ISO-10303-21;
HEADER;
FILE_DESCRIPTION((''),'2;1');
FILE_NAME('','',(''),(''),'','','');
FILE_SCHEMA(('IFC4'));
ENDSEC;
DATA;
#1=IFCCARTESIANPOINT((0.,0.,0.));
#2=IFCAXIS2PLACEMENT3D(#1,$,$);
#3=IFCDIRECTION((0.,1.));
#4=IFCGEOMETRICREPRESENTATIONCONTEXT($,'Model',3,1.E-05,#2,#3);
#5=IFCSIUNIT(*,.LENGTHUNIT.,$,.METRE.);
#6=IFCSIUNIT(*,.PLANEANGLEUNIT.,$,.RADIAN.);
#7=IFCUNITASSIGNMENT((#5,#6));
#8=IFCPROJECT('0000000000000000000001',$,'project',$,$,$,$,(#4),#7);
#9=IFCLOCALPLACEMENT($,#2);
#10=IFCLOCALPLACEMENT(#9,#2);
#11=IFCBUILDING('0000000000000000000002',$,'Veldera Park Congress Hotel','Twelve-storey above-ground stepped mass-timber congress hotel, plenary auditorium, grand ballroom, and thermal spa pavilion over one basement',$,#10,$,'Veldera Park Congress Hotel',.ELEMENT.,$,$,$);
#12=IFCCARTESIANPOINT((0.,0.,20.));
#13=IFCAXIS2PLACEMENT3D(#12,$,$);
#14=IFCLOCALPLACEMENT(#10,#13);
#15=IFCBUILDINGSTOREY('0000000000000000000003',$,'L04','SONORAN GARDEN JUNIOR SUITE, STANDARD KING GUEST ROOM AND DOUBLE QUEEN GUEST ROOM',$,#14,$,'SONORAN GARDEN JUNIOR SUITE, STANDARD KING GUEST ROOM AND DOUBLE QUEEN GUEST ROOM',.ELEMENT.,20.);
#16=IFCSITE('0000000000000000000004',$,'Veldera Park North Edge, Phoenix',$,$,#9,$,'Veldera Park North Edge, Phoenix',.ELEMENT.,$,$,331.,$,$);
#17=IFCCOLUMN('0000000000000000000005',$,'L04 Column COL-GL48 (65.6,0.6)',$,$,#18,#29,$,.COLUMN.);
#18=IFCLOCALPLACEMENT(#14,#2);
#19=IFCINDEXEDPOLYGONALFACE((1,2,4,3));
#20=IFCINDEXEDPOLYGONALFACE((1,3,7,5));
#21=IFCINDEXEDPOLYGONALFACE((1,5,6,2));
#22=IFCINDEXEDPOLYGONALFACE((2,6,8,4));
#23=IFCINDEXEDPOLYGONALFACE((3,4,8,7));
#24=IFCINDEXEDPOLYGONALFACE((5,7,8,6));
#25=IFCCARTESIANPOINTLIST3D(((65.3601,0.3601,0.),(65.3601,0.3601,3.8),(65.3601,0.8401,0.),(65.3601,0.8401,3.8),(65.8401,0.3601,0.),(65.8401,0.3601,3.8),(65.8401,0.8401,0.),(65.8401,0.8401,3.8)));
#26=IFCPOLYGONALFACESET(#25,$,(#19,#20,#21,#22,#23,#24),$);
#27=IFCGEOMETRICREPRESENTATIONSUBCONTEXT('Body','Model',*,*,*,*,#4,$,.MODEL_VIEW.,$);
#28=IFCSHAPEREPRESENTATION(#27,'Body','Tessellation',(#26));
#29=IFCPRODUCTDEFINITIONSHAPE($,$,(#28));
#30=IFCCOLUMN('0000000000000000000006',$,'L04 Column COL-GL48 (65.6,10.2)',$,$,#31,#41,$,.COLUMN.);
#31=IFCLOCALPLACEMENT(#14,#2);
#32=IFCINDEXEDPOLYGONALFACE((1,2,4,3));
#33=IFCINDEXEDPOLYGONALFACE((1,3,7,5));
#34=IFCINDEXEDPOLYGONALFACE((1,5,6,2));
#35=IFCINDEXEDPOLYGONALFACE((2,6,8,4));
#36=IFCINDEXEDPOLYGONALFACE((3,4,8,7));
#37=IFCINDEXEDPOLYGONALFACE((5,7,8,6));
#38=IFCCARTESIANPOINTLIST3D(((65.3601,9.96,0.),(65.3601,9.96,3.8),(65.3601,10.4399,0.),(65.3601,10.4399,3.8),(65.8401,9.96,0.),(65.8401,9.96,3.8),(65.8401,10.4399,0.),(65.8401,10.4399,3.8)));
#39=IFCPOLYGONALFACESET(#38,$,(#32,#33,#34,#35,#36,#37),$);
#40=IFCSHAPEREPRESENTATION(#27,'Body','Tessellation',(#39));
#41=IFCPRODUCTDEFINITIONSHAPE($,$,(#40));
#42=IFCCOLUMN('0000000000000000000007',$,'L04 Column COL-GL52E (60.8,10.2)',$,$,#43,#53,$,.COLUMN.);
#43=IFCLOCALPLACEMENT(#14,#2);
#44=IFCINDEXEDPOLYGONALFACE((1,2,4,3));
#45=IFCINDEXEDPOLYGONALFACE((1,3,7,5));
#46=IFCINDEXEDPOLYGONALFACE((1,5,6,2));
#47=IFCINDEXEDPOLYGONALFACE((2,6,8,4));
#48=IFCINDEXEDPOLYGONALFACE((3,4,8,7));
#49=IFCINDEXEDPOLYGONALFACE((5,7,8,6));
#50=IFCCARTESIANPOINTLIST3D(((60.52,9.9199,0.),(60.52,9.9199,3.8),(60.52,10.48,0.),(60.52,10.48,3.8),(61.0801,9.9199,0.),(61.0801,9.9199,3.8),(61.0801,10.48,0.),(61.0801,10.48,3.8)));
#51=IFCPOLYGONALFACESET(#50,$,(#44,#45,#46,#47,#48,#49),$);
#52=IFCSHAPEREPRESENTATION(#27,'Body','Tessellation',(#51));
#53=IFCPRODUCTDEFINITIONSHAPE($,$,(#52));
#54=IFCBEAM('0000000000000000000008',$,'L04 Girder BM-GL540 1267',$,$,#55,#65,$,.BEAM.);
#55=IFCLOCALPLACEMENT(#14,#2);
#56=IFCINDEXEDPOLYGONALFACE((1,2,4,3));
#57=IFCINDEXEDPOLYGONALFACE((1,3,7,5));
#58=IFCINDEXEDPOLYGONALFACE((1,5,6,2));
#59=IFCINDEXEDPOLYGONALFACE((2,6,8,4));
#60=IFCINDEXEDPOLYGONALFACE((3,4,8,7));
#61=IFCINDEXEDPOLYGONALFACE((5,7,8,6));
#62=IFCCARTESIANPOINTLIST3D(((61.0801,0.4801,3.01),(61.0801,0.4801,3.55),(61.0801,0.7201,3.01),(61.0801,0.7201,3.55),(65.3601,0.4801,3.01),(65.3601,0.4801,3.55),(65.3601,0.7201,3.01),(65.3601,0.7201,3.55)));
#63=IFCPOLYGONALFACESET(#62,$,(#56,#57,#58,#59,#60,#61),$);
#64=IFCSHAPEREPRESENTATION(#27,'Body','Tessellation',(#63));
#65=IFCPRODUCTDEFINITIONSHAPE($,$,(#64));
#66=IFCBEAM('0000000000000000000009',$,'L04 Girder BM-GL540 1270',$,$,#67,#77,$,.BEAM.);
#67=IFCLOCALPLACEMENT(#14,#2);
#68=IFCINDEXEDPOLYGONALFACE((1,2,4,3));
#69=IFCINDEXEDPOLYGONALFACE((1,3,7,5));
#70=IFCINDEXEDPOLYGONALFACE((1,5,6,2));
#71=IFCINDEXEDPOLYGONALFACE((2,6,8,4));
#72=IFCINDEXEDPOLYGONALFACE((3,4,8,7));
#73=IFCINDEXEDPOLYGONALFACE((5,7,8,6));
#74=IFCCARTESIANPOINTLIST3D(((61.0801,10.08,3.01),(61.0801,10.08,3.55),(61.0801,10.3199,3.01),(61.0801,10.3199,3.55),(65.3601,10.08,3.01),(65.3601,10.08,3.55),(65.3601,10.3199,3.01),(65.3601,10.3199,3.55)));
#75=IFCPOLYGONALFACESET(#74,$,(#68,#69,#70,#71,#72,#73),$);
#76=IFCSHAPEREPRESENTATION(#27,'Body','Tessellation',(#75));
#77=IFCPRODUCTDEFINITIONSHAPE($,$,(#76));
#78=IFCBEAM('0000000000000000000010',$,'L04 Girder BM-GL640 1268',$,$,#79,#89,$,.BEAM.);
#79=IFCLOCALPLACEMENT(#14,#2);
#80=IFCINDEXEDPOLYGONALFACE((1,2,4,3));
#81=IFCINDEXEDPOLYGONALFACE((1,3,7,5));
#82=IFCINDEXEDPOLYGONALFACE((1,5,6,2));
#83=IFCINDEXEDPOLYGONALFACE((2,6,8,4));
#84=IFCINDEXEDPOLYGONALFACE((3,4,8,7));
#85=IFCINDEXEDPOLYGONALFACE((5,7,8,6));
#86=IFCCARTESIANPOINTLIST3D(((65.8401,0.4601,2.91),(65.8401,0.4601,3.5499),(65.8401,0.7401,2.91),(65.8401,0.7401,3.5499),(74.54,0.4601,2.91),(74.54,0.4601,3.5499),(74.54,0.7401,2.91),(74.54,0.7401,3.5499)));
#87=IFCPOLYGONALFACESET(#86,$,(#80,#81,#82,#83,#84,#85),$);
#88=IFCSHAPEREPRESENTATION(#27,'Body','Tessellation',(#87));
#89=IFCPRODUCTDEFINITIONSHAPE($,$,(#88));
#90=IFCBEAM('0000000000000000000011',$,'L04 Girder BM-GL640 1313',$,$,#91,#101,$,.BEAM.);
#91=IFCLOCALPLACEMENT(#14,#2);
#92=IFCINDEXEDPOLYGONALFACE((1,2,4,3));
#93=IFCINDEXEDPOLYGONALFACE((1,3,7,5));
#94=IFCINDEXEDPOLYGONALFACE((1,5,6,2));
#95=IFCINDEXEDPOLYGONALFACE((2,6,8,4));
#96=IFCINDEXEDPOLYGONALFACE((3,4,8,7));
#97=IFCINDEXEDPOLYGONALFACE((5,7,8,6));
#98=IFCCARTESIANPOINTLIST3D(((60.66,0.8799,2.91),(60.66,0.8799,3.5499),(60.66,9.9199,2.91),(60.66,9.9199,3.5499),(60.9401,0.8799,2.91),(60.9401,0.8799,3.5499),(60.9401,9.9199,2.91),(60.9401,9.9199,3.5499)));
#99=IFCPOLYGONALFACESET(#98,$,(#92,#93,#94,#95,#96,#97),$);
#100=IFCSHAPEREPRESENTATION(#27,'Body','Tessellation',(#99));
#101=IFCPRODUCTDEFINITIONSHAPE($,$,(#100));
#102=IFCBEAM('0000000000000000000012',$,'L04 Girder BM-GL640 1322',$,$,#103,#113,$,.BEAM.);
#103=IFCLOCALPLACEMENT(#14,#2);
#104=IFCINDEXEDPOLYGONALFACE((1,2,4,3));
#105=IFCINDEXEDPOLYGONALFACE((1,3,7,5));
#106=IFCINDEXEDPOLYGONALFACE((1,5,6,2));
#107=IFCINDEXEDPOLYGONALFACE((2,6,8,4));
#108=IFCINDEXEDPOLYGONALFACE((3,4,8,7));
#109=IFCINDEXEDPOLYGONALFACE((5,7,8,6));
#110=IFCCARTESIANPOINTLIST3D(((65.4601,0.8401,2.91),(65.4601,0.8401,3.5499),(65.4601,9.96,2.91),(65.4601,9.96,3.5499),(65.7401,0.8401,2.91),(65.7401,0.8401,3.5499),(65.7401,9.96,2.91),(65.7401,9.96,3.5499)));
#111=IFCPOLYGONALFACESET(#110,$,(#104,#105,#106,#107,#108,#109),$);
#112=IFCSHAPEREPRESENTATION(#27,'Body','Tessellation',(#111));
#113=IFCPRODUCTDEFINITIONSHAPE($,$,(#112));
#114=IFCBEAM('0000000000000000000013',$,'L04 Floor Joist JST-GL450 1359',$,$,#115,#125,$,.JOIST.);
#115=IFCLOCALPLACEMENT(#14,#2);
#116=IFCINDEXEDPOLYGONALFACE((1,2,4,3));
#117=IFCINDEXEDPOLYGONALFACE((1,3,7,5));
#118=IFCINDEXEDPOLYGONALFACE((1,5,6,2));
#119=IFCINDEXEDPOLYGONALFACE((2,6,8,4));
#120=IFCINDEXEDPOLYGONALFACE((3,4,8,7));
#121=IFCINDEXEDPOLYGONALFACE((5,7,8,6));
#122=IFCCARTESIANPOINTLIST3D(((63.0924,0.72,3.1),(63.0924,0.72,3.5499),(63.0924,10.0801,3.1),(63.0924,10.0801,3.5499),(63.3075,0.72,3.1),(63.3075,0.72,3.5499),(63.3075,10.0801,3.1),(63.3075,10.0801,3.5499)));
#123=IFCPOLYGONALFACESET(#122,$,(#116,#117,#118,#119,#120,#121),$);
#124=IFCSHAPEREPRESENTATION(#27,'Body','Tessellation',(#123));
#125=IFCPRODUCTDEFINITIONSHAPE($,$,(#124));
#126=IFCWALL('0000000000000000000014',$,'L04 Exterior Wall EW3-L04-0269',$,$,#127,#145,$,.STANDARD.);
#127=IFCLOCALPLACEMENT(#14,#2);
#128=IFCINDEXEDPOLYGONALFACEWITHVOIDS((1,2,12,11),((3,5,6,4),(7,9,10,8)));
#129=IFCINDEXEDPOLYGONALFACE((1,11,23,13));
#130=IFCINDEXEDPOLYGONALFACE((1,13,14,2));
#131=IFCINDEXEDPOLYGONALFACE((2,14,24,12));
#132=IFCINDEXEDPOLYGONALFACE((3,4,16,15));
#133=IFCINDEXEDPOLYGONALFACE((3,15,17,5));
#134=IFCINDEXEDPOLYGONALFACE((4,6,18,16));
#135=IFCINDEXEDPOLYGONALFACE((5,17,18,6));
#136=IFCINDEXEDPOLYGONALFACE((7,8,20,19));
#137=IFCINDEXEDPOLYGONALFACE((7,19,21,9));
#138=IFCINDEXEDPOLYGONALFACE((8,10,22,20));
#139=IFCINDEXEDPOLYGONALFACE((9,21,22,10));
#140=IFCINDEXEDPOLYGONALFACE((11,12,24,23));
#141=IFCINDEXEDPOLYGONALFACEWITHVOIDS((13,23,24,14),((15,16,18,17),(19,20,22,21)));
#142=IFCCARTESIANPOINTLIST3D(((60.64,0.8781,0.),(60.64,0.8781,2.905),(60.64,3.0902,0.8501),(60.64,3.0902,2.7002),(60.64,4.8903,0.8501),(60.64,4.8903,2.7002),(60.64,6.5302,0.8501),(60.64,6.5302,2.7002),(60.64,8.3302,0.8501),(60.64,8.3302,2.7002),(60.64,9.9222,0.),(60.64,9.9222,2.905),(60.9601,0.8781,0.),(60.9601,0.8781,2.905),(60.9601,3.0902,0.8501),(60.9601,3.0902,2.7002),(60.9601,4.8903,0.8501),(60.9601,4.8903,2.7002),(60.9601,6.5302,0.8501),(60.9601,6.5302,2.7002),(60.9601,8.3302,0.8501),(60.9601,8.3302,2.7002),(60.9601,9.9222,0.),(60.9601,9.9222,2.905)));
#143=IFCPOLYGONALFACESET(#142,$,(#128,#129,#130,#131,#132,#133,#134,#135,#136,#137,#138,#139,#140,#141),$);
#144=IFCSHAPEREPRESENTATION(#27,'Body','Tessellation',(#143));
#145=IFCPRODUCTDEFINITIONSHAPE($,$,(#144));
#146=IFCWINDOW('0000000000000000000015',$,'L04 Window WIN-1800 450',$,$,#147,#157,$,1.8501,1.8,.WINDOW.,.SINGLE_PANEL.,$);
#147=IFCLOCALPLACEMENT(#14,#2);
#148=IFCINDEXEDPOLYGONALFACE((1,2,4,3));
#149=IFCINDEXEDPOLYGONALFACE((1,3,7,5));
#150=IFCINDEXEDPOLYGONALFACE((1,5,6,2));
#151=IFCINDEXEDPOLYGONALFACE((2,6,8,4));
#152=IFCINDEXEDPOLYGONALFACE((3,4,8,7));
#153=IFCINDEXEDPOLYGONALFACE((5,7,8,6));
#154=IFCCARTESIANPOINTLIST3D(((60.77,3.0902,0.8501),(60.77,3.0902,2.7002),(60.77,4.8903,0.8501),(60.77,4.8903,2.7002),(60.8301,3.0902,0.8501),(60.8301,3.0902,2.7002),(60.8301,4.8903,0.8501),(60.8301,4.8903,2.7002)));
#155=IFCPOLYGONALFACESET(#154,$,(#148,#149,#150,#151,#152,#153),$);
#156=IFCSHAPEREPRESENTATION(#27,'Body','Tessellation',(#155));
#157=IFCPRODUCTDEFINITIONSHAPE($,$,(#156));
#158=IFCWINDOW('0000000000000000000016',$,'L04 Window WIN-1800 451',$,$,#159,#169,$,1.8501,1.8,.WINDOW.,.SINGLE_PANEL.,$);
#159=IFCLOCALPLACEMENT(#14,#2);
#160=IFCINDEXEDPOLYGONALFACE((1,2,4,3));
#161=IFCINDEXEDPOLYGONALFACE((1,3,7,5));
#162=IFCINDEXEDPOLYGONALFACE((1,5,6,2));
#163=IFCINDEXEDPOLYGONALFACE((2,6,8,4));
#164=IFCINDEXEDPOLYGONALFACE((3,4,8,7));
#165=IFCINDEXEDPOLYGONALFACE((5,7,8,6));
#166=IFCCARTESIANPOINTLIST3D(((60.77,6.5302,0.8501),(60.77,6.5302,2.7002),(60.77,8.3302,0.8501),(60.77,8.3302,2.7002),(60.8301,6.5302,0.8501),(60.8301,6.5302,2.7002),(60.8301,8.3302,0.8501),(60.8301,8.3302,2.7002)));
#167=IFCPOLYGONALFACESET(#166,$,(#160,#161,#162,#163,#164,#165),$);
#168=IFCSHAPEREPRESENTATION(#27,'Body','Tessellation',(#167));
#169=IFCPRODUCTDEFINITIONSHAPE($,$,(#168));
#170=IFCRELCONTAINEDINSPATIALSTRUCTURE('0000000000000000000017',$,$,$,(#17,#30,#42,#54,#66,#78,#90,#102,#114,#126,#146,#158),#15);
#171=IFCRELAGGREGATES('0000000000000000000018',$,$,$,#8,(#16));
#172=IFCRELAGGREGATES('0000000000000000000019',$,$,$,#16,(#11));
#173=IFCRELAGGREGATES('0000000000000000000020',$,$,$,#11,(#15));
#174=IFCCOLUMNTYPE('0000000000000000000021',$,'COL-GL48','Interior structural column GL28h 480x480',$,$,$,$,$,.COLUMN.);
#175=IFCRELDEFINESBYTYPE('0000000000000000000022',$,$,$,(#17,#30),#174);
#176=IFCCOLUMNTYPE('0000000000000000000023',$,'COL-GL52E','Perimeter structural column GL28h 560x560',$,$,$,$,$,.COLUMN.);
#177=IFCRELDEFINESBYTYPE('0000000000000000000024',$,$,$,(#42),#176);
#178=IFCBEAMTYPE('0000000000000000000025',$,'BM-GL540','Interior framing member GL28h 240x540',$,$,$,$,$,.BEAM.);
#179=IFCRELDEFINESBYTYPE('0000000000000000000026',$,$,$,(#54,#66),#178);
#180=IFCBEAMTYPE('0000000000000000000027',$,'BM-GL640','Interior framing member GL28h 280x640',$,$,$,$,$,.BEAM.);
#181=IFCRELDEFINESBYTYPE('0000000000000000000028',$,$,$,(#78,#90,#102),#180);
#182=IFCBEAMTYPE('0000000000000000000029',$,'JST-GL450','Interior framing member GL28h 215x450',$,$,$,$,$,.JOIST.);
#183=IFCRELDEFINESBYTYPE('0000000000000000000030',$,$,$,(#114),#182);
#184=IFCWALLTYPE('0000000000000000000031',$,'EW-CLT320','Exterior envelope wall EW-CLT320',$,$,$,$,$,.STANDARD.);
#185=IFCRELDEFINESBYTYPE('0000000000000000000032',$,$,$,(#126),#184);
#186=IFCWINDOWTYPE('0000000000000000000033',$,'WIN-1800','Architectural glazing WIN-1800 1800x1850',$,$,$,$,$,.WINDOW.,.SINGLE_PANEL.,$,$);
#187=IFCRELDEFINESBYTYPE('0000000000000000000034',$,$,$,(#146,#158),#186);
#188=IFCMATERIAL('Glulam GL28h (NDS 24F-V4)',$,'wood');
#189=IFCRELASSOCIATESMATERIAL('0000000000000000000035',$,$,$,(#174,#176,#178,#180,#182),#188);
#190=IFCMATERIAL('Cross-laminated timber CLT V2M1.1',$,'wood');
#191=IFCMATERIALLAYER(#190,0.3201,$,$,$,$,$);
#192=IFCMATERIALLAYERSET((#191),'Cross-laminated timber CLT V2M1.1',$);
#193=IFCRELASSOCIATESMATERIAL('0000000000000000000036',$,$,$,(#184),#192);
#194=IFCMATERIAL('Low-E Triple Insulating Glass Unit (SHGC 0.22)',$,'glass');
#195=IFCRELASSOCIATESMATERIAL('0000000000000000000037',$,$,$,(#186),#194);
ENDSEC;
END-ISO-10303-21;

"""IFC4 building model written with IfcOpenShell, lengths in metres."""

from ifc_helpers import new_model, si_unit, direction, frame, frame_2d, origin, origin_2d, place, context, subcontext, project, spatial, rectangle, extrude, material, layer, layer_set, material_profile, profile_set, type_object, element, fill, save


model = new_model("IFC4")

# Units and contexts
model_context = context("Model", 3, precision=1e-05, world=origin(), true_north=direction((0.0, 1.0)))
body_context = subcontext(model_context, "Body", "Model", "MODEL_VIEW")
ifc_project = project(units=[si_unit("LENGTHUNIT", "METRE"), si_unit("PLANEANGLEUNIT", "RADIAN")], contexts=[model_context])

# Site, building, storey
site_placement = place(None, origin())
site = spatial("IfcSite", under=ifc_project, at=site_placement, Name="Veldera Park North Edge, Phoenix", LongName="Veldera Park North Edge, Phoenix", CompositionType="ELEMENT", RefElevation=331.0)
building_placement = place(site_placement, origin())
building = spatial("IfcBuilding", under=site, at=building_placement, Name="Veldera Park Congress Hotel", Description="Twelve-storey above-ground stepped mass-timber congress hotel, plenary auditorium, grand ballroom, and thermal spa pavilion over one basement", LongName="Veldera Park Congress Hotel", CompositionType="ELEMENT")
storey_placement = place(building_placement, frame((0.0, 0.0, 20.0)))
storey = spatial("IfcBuildingStorey", under=building, at=storey_placement, Name="L04", Description="SONORAN GARDEN JUNIOR SUITE, STANDARD KING GUEST ROOM AND DOUBLE QUEEN GUEST ROOM", LongName="SONORAN GARDEN JUNIOR SUITE, STANDARD KING GUEST ROOM AND DOUBLE QUEEN GUEST ROOM", CompositionType="ELEMENT", Elevation=20.0)

# Columns
ifc_material_1 = material(Name="Glulam GL28h (NDS 24F-V4)", Category="wood")
ifc_material_profile_1 = material_profile(ifc_material_1, rectangle(XDim=0.48, YDim=0.48, at=origin_2d()), Name="GL28h 480x480")
ifc_profile_set_1 = profile_set([ifc_material_profile_1], Name="Glulam GL28h (NDS 24F-V4)")
column_type_1 = type_object("IfcColumnType", Name="COL-GL48", Description="Interior structural column GL28h 480x480", PredefinedType="COLUMN", material=ifc_profile_set_1)
for number, where, z_axis, x_axis, name in (
    (1, (65.6001, 0.6001, 0.0), (0.0, 0.0, 1.0), (1.0, 0.0, 0.0), "L04 Column COL-GL48 (65.6,0.6)"),
    (2, (65.6001, 10.2, 0.0), (0.0, 0.0, 1.0), (1.0, 0.0, 0.0), "L04 Column COL-GL48 (65.6,10.2)"),
):
    element("IfcColumn", number, at=place(storey_placement, frame(where, z_axis=z_axis, x_axis=x_axis)), inside=storey, type_object=column_type_1, Name=name, PredefinedType="COLUMN", context=body_context, shape_type="SweptSolid", body=[
        extrude(rectangle(XDim=0.48, YDim=0.48, at=origin_2d()), origin(), (0.0, 0.0, 1.0), 3.8),
    ])
ifc_material_profile_2 = material_profile(ifc_material_1, rectangle(XDim=0.5601, YDim=0.5601, at=origin_2d()), Name="GL28h 560x560")
ifc_profile_set_2 = profile_set([ifc_material_profile_2], Name="Glulam GL28h (NDS 24F-V4)")
column_type_2 = type_object("IfcColumnType", Name="COL-GL52E", Description="Perimeter structural column GL28h 560x560", PredefinedType="COLUMN", material=ifc_profile_set_2)
column_placement = place(storey_placement, frame((60.8, 10.2, 0.0), z_axis=(0.0, 0.0, 1.0), x_axis=(1.0, 0.0, 0.0)))
element("IfcColumn", 3, at=column_placement, inside=storey, type_object=column_type_2, Name="L04 Column COL-GL52E (60.8,10.2)", PredefinedType="COLUMN", context=body_context, shape_type="SweptSolid", body=[
    extrude(rectangle(XDim=0.5601, YDim=0.5601, at=origin_2d()), origin(), (0.0, 0.0, 1.0), 3.8),
])

# Beams
ifc_material_profile_3 = material_profile(ifc_material_1, rectangle(XDim=0.24, YDim=0.54, at=origin_2d()), Name="GL28h 240x540")
ifc_profile_set_3 = profile_set([ifc_material_profile_3], Name="Glulam GL28h (NDS 24F-V4)")
beam_type_1 = type_object("IfcBeamType", Name="BM-GL540", Description="Interior framing member GL28h 240x540", PredefinedType="BEAM", material=ifc_profile_set_3)
for number, where, z_axis, x_axis, name in (
    (4, (61.0801, 0.6001, 3.28), (1.0, 0.0, 0.0), (0.0, 1.0, 0.0), "L04 Girder BM-GL540 1267"),
    (5, (61.0801, 10.2, 3.28), (1.0, 0.0, 0.0), (0.0, 1.0, 0.0), "L04 Girder BM-GL540 1270"),
):
    element("IfcBeam", number, at=place(storey_placement, frame(where, z_axis=z_axis, x_axis=x_axis)), inside=storey, type_object=beam_type_1, Name=name, PredefinedType="BEAM", context=body_context, shape_type="SweptSolid", body=[
        extrude(rectangle(XDim=0.24, YDim=0.54, at=origin_2d()), origin(), (0.0, 0.0, 1.0), 4.28),
    ])
ifc_material_profile_4 = material_profile(ifc_material_1, rectangle(XDim=0.28, YDim=0.6399, at=origin_2d()), Name="GL28h 280x640")
ifc_profile_set_4 = profile_set([ifc_material_profile_4], Name="Glulam GL28h (NDS 24F-V4)")
beam_type_2 = type_object("IfcBeamType", Name="BM-GL640", Description="Interior framing member GL28h 280x640", PredefinedType="BEAM", material=ifc_profile_set_4)
beam_1_placement = place(storey_placement, frame((65.8401, 0.6001, 3.23), z_axis=(1.0, 0.0, 0.0), x_axis=(0.0, 1.0, 0.0)))
element("IfcBeam", 6, at=beam_1_placement, inside=storey, type_object=beam_type_2, Name="L04 Girder BM-GL640 1268", PredefinedType="BEAM", context=body_context, shape_type="SweptSolid", body=[
    extrude(rectangle(XDim=0.28, YDim=0.6399, at=origin_2d()), origin(), (0.0, 0.0, 1.0), 8.7),
])
beam_2_placement = place(storey_placement, frame((60.8, 0.8799, 3.23), z_axis=(0.0, 1.0, 0.0), x_axis=(-1.0, 0.0, 0.0)))
element("IfcBeam", 7, at=beam_2_placement, inside=storey, type_object=beam_type_2, Name="L04 Girder BM-GL640 1313", PredefinedType="BEAM", context=body_context, shape_type="SweptSolid", body=[
    extrude(rectangle(XDim=0.28, YDim=0.6399, at=origin_2d()), origin(), (0.0, 0.0, 1.0), 9.04),
])
beam_3_placement = place(storey_placement, frame((65.6001, 0.8401, 3.23), z_axis=(0.0, 1.0, 0.0), x_axis=(-1.0, 0.0, 0.0)))
element("IfcBeam", 8, at=beam_3_placement, inside=storey, type_object=beam_type_2, Name="L04 Girder BM-GL640 1322", PredefinedType="BEAM", context=body_context, shape_type="SweptSolid", body=[
    extrude(rectangle(XDim=0.28, YDim=0.6399, at=origin_2d()), origin(), (0.0, 0.0, 1.0), 9.1199),
])
ifc_material_profile_5 = material_profile(ifc_material_1, rectangle(XDim=0.2151, YDim=0.45, at=origin_2d()), Name="GL28h 215x450")
ifc_profile_set_5 = profile_set([ifc_material_profile_5], Name="Glulam GL28h (NDS 24F-V4)")
beam_type_3 = type_object("IfcBeamType", Name="JST-GL450", Description="Interior framing member GL28h 215x450", PredefinedType="JOIST", material=ifc_profile_set_5)
beam_4_placement = place(storey_placement, frame((63.2, 0.72, 3.325), z_axis=(0.0, 1.0, 0.0), x_axis=(-1.0, 0.0, 0.0)))
element("IfcBeam", 9, at=beam_4_placement, inside=storey, type_object=beam_type_3, Name="L04 Floor Joist JST-GL450 1359", PredefinedType="JOIST", context=body_context, shape_type="SweptSolid", body=[
    extrude(rectangle(XDim=0.2151, YDim=0.45, at=origin_2d()), origin(), (0.0, 0.0, 1.0), 9.3601),
])

# Wall, openings, windows
ifc_material_2 = material(Name="Cross-laminated timber CLT V2M1.1", Category="wood")
ifc_layer_1 = layer(ifc_material_2, 0.3201)
ifc_layer_set_1 = layer_set([ifc_layer_1], Name="Cross-laminated timber CLT V2M1.1")
wall_type_1 = type_object("IfcWallType", Name="EW-CLT320", Description="Exterior envelope wall EW-CLT320", PredefinedType="STANDARD", material=ifc_layer_set_1)
wall_1_placement = place(storey_placement, frame((60.8, 9.9221, 0.0), z_axis=(0.0, 0.0, 1.0), x_axis=(0.0, -1.0, 0.0)))
wall_1 = element("IfcWall", 10, at=wall_1_placement, inside=storey, type_object=wall_type_1, Name="L04 Exterior Wall EW3-L04-0269", PredefinedType="STANDARD", context=body_context, shape_type="SweptSolid", body=[
    extrude(rectangle(XDim=9.0442, YDim=0.3201, at=frame_2d((4.522, 0.0))), origin(), (0.0, 0.0, 1.0), 2.905),
])
opening_1_placement = place(wall_1_placement, frame((5.032, 0.0, 0.8501)))
opening_1 = element("IfcOpeningElement", 11, at=opening_1_placement, cuts=wall_1, PredefinedType="OPENING", context=body_context, shape_type="SweptSolid", body=[
    extrude(rectangle(XDim=1.8, YDim=1.8501, at=frame_2d((0.8999, 0.925))), frame((0.0, 0.1721, 0.0), z_axis=(0.0, -1.0, 0.0), x_axis=(1.0, 0.0, 0.0)), (0.0, 0.0, 1.0), 0.344),
])
opening_2_placement = place(wall_1_placement, frame((1.592, 0.0, 0.8501)))
opening_2 = element("IfcOpeningElement", 12, at=opening_2_placement, cuts=wall_1, PredefinedType="OPENING", context=body_context, shape_type="SweptSolid", body=[
    extrude(rectangle(XDim=1.8, YDim=1.8501, at=frame_2d((0.8999, 0.925))), frame((0.0, 0.1721, 0.0), z_axis=(0.0, -1.0, 0.0), x_axis=(1.0, 0.0, 0.0)), (0.0, 0.0, 1.0), 0.344),
])
ifc_material_3 = material(Name="Low-E Triple Insulating Glass Unit (SHGC 0.22)", Category="glass")
window_type = type_object("IfcWindowType", Name="WIN-1800", Description="Architectural glazing WIN-1800 1800x1850", PartitioningType="SINGLE_PANEL", PredefinedType="WINDOW", material=ifc_material_3)
window_1_placement = place(opening_1_placement, origin())
window_1 = element("IfcWindow", 13, at=window_1_placement, inside=storey, type_object=window_type, Name="L04 Window WIN-1800 450", OverallHeight=1.8501, OverallWidth=1.8, PartitioningType="SINGLE_PANEL", PredefinedType="WINDOW", context=body_context, shape_type="SweptSolid", body=[
    extrude(rectangle(XDim=1.8, YDim=1.8501, at=frame_2d((0.8999, 0.925))), frame((0.0, 0.03, 0.0), z_axis=(0.0, -1.0, 0.0), x_axis=(1.0, 0.0, 0.0)), (0.0, 0.0, 1.0), 0.0601),
])
fill(opening_1, window_1)
window_2_placement = place(opening_2_placement, origin())
window_2 = element("IfcWindow", 14, at=window_2_placement, inside=storey, type_object=window_type, Name="L04 Window WIN-1800 451", OverallHeight=1.8501, OverallWidth=1.8, PartitioningType="SINGLE_PANEL", PredefinedType="WINDOW", context=body_context, shape_type="SweptSolid", body=[
    extrude(rectangle(XDim=1.8, YDim=1.8501, at=frame_2d((0.8999, 0.925))), frame((0.0, 0.03, 0.0), z_axis=(0.0, -1.0, 0.0), x_axis=(1.0, 0.0, 0.0)), (0.0, 0.0, 1.0), 0.0601),
])
fill(opening_2, window_2)

save(model, "model.ifc")
